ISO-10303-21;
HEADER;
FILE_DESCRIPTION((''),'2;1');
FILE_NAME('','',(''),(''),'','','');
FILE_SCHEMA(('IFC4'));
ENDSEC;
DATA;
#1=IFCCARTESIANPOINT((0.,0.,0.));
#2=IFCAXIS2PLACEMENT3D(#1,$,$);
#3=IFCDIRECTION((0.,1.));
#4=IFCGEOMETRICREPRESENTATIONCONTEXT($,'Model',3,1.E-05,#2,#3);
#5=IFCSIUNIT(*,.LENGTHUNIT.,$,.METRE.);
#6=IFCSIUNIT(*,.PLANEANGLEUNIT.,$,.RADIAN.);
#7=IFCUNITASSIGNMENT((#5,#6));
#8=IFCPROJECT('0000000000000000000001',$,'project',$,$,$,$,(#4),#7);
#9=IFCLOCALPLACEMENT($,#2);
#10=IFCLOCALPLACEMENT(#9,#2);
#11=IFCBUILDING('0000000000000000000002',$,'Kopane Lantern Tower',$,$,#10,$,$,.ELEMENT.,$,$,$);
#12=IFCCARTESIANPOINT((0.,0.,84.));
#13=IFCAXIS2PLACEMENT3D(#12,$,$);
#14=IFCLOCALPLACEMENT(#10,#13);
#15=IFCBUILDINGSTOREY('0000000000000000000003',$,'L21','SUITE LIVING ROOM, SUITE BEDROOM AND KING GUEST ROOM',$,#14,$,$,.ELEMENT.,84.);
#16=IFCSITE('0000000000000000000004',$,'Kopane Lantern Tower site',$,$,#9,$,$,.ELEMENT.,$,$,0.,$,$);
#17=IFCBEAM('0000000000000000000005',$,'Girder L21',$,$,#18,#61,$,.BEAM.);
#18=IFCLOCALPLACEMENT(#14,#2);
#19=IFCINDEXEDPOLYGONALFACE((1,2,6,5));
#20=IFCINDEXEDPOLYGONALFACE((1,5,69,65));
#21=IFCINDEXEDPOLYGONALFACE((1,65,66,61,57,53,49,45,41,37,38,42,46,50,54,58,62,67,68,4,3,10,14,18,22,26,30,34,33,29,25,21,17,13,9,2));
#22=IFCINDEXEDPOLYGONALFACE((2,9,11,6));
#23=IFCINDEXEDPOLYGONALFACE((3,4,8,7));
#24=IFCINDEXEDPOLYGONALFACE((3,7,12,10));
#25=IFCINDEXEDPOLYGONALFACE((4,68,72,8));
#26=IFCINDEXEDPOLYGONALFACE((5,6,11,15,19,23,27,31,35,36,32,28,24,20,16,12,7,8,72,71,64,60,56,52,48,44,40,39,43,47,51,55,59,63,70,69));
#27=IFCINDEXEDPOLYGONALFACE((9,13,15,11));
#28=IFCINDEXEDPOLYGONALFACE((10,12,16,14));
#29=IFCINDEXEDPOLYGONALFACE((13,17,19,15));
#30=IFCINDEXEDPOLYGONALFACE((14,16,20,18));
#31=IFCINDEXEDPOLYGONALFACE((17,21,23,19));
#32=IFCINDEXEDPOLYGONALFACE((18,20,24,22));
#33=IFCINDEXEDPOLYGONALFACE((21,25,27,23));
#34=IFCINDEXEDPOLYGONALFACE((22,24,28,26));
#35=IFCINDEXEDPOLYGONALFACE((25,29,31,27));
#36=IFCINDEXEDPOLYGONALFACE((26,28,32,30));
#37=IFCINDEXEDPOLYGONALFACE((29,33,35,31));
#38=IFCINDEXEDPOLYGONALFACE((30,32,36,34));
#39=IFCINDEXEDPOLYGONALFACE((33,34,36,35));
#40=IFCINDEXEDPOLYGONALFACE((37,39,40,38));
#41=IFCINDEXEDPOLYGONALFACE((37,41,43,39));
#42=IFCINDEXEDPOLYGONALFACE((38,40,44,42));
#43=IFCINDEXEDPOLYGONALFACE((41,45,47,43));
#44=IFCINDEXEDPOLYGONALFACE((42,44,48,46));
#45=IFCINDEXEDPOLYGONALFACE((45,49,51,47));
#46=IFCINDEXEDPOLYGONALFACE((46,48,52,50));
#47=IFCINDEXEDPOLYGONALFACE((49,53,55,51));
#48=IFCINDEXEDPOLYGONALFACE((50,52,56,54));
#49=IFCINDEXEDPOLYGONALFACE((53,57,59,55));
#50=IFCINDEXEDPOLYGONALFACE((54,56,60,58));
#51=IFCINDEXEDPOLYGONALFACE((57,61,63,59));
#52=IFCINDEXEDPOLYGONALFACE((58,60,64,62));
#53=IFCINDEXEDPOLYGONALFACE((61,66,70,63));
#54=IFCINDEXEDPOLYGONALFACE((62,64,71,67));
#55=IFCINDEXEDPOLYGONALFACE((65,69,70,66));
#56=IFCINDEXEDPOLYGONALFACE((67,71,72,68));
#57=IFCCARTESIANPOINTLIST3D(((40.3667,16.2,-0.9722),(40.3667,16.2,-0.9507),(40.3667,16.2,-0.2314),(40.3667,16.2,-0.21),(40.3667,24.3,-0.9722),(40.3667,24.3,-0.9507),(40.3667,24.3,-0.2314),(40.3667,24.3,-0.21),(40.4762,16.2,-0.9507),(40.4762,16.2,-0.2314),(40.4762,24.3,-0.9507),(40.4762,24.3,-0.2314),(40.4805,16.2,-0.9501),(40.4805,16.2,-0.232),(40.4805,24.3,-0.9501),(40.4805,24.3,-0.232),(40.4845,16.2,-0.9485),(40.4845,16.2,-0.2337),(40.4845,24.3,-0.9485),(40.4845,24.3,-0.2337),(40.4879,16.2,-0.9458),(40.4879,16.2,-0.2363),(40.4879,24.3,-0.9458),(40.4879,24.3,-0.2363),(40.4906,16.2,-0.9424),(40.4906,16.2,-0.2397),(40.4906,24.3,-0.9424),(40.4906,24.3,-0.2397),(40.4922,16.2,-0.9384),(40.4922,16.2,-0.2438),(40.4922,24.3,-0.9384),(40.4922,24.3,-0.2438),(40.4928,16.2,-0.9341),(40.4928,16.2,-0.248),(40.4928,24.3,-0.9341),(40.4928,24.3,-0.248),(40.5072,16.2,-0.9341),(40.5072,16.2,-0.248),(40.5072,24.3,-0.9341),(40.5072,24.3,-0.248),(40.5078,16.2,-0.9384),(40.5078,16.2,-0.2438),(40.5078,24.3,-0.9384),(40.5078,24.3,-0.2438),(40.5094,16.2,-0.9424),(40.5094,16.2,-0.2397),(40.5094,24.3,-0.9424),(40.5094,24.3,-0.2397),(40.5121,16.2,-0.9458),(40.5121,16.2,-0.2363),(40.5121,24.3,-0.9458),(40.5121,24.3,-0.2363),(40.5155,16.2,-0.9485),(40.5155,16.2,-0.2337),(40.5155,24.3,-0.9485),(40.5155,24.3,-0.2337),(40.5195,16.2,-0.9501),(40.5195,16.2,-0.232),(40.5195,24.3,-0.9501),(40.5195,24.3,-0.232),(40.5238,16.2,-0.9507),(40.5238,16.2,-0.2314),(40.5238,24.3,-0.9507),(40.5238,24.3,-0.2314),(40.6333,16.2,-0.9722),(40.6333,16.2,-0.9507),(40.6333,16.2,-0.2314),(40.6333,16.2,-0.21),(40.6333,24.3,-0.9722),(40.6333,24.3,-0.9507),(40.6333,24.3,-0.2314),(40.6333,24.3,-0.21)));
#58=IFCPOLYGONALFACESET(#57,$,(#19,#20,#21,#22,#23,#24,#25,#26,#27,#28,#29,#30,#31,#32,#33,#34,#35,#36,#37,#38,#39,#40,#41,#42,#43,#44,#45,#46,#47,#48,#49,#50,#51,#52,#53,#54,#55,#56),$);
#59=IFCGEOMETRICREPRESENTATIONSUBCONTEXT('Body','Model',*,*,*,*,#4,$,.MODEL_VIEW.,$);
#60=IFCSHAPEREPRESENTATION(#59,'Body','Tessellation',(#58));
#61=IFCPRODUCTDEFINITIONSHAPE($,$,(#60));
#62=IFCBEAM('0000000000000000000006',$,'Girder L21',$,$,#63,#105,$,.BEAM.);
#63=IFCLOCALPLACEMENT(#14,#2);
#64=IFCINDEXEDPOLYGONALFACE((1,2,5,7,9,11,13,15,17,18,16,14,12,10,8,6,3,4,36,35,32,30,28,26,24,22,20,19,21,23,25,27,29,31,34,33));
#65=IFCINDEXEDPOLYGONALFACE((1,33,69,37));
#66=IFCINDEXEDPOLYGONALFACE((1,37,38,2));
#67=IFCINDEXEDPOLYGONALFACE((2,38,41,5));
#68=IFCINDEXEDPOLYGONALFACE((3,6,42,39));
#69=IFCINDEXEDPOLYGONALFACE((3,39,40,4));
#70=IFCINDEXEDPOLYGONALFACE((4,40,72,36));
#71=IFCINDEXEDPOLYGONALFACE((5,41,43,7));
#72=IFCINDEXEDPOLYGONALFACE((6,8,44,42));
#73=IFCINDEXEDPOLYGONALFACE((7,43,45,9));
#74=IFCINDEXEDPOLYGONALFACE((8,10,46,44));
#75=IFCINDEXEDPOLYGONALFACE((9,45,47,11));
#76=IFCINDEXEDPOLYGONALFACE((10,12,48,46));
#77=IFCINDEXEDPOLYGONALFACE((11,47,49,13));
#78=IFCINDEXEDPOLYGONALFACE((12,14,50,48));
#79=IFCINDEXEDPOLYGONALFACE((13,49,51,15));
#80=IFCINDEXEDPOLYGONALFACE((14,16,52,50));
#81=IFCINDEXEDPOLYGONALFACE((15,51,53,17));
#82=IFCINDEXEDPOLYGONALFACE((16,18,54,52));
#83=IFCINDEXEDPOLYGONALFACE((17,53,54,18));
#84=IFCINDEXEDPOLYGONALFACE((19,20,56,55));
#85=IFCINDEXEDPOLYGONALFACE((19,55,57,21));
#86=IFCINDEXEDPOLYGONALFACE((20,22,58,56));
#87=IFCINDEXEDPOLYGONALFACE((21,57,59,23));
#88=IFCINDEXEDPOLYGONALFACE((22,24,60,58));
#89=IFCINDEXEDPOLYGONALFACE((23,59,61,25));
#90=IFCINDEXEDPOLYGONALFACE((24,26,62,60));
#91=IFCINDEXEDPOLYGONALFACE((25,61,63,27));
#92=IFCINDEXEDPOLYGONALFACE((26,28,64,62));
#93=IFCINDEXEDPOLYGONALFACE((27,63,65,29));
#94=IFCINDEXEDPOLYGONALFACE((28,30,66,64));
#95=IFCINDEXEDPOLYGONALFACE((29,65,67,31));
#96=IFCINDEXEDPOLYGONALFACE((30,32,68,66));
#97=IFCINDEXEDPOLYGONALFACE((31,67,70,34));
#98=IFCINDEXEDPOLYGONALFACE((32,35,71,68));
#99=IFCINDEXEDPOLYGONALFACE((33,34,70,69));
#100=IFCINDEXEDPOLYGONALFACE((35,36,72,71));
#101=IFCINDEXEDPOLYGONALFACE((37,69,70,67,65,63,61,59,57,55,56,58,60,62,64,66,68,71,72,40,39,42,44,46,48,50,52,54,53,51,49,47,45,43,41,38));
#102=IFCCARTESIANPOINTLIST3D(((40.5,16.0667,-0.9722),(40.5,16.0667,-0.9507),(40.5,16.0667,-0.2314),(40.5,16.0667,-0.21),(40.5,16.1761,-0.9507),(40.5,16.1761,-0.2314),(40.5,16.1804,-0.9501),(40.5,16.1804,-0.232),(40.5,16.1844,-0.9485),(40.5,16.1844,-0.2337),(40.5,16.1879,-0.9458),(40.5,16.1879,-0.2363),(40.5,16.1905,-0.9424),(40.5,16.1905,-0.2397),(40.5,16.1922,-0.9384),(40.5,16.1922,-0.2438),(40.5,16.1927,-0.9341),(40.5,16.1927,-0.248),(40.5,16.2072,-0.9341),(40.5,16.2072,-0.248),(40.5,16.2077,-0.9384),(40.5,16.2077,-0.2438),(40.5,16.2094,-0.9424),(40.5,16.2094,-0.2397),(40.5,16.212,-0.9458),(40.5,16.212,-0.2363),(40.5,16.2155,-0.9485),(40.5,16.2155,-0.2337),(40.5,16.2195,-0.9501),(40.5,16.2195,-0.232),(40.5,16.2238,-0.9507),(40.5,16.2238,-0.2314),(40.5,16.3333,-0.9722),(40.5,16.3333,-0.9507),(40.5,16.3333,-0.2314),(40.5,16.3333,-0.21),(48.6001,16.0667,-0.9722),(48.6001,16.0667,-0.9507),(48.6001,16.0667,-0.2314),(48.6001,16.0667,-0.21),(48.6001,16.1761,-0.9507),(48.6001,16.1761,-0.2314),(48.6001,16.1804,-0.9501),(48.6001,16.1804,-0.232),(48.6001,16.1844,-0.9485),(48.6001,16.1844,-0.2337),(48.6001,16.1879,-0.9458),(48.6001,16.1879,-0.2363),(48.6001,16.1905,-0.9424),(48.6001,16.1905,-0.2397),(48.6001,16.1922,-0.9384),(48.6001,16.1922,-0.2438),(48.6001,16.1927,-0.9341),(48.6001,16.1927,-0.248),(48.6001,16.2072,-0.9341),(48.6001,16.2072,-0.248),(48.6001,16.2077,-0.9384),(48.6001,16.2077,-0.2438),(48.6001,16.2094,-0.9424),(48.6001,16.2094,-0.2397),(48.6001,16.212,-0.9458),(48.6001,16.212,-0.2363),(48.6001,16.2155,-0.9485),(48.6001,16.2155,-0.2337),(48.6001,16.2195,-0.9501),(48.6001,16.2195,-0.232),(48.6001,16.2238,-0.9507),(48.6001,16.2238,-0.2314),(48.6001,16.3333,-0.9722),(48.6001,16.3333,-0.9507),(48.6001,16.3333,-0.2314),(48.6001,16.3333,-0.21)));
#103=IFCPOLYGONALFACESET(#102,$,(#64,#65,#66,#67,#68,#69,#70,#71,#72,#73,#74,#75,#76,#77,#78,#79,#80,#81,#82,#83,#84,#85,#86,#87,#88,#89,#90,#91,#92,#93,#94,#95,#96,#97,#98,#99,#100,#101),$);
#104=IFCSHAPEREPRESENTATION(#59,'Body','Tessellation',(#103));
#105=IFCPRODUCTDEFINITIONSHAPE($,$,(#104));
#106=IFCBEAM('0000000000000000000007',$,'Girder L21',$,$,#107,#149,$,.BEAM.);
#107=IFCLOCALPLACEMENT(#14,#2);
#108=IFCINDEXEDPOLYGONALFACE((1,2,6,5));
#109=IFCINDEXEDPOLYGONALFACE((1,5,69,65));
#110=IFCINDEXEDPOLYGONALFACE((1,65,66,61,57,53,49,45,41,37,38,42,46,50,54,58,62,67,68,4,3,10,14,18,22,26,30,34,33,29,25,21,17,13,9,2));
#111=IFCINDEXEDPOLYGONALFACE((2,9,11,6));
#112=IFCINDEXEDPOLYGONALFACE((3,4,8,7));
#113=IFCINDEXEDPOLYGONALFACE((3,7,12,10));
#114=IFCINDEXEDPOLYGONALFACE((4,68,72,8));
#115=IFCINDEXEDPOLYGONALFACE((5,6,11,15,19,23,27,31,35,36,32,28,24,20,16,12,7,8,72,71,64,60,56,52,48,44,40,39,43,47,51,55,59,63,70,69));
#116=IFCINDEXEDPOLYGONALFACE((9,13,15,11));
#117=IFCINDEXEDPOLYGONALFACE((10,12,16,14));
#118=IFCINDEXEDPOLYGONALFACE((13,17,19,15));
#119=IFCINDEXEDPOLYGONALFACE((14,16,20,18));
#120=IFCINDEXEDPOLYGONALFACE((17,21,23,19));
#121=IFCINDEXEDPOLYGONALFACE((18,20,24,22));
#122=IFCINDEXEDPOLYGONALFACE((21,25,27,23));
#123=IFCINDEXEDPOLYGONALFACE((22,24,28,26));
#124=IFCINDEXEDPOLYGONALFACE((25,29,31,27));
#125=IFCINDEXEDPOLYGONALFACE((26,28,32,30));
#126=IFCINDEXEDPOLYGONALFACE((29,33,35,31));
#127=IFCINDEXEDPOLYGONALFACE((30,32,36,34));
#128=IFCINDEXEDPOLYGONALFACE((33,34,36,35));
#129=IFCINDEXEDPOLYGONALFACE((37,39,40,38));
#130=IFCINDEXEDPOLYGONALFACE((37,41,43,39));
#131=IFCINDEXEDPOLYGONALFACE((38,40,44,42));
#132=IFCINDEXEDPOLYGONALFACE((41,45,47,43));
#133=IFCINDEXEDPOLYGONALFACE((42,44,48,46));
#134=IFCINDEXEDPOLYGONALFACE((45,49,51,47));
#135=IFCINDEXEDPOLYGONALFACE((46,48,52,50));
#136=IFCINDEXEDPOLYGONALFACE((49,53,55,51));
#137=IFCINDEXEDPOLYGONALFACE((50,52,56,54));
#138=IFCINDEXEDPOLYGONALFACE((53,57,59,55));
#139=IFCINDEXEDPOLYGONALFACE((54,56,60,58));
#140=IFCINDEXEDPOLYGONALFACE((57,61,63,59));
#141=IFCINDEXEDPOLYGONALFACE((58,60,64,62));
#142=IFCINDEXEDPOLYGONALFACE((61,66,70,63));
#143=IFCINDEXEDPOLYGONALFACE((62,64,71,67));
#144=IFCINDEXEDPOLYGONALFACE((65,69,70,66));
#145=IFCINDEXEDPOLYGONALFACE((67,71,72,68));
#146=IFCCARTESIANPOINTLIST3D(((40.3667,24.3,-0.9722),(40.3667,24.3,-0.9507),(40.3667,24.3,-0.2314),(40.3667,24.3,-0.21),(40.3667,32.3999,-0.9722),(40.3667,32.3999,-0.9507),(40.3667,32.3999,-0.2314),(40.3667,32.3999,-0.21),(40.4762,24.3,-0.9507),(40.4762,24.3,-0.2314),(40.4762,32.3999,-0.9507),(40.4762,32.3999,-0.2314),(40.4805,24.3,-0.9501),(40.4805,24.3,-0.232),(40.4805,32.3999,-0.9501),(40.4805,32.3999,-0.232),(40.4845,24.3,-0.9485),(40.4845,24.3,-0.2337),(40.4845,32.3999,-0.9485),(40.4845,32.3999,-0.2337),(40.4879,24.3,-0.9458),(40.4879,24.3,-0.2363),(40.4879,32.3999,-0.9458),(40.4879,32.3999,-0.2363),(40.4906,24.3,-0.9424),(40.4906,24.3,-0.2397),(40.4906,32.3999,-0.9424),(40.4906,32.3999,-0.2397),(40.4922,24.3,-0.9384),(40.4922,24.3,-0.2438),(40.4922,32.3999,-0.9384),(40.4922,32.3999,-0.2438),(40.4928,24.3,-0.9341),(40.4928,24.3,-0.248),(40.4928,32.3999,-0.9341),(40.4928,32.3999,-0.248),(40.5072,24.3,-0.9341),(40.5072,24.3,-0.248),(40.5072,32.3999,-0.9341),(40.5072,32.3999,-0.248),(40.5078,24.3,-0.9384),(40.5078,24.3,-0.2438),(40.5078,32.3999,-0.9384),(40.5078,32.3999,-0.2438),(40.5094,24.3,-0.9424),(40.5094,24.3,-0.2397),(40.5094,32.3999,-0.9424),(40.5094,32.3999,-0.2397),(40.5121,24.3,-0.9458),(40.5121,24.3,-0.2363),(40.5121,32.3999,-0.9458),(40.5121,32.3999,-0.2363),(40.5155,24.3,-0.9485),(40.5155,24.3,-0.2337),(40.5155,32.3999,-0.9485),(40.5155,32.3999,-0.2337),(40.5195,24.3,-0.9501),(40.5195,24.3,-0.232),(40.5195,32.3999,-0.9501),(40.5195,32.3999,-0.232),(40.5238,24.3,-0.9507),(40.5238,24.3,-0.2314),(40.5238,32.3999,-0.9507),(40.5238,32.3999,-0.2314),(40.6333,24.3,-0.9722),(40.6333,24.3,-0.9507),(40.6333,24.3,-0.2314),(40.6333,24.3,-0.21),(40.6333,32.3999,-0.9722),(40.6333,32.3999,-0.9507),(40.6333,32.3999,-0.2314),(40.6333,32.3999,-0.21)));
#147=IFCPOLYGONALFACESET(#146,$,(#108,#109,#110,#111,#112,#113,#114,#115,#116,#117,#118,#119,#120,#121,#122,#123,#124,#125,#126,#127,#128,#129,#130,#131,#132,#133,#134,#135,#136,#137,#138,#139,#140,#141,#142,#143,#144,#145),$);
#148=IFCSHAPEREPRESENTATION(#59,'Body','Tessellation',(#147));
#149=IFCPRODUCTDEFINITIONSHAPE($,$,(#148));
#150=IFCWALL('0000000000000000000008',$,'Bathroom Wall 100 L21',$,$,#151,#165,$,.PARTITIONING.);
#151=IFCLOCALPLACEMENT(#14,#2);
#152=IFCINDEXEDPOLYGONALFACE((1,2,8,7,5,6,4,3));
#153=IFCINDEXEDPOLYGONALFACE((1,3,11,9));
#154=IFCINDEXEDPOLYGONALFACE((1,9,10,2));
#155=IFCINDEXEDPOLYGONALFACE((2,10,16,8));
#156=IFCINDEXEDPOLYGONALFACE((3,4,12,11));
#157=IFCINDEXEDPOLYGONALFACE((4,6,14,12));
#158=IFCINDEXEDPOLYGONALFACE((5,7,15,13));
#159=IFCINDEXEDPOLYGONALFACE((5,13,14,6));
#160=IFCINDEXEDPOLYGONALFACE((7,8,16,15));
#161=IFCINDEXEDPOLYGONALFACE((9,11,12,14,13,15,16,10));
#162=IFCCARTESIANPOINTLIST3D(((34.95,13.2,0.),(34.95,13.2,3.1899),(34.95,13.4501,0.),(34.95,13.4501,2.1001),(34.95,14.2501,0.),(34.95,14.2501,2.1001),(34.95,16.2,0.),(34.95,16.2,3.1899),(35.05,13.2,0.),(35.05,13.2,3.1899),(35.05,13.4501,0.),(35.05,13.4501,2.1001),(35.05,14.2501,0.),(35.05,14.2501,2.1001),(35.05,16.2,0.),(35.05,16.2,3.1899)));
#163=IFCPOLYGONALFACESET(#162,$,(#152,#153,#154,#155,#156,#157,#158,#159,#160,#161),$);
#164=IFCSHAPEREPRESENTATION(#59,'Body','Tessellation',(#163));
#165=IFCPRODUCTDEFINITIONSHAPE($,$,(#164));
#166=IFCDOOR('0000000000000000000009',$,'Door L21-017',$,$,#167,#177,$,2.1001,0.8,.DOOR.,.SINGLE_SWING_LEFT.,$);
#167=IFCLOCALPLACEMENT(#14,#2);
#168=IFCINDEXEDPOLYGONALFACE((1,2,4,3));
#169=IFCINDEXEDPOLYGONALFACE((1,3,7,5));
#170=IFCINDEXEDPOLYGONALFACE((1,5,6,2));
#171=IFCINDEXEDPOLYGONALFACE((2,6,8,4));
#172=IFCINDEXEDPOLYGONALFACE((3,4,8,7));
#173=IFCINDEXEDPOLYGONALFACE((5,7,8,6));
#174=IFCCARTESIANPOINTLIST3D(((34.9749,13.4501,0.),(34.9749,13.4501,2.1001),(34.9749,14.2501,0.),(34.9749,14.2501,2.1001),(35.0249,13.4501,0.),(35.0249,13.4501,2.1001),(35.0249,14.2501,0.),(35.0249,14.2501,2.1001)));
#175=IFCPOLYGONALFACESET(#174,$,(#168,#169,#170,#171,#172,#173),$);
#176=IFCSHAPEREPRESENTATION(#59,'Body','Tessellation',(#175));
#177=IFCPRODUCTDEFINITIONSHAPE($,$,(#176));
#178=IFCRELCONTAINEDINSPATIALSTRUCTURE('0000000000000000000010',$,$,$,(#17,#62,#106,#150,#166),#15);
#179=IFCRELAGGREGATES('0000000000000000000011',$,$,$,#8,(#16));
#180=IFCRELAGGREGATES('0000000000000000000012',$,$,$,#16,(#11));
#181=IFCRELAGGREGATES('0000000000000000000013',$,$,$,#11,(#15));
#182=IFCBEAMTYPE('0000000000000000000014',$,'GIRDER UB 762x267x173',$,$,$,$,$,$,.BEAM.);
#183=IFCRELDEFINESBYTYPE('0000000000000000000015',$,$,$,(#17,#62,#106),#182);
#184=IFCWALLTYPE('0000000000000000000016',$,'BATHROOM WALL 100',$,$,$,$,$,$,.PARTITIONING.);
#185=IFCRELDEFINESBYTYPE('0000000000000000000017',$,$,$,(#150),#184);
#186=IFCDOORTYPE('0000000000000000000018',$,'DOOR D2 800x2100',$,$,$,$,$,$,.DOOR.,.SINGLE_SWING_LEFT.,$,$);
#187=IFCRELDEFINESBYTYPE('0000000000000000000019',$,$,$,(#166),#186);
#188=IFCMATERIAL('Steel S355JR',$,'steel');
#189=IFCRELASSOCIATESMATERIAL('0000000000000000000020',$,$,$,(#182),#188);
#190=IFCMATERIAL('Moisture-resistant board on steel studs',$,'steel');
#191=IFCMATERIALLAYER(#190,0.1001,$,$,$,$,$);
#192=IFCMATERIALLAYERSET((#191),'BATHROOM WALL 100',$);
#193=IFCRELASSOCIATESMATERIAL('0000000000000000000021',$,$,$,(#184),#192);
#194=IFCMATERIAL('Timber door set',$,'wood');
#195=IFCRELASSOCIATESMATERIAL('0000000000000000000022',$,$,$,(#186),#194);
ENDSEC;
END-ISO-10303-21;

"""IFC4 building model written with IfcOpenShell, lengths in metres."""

from ifc_helpers import new_model, si_unit, direction, frame, frame_2d, origin, origin_2d, place, context, subcontext, project, spatial, rectangle, i_section, extrude, material, layer, layer_set, material_profile, profile_set, type_object, element, fill, save


model = new_model("IFC4")

# Units and contexts
model_context = context("Model", 3, precision=1e-05, world=origin(), true_north=direction((0.0, 1.0)))
body_context = subcontext(model_context, "Body", "Model", "MODEL_VIEW")
ifc_project = project(units=[si_unit("LENGTHUNIT", "METRE"), si_unit("PLANEANGLEUNIT", "RADIAN")], contexts=[model_context])

# Site, building, storey
site_placement = place(None, origin())
site = spatial("IfcSite", under=ifc_project, at=site_placement, Name="Kopane Lantern Tower site", CompositionType="ELEMENT", RefElevation=0.0)
building_placement = place(site_placement, origin())
building = spatial("IfcBuilding", under=site, at=building_placement, Name="Kopane Lantern Tower", CompositionType="ELEMENT")
storey_placement = place(building_placement, frame((0.0, 0.0, 84.0)))
storey = spatial("IfcBuildingStorey", under=building, at=storey_placement, Name="L21", Description="SUITE LIVING ROOM, SUITE BEDROOM AND KING GUEST ROOM", CompositionType="ELEMENT", Elevation=84.0)

# Beams
ifc_material_1 = material(Name="Steel S355JR", Category="steel")
ifc_material_profile_1 = material_profile(ifc_material_1, i_section(OverallWidth=0.2666, OverallDepth=0.7622, WebThickness=0.0144, FlangeThickness=0.0215, FilletRadius=0.0166, at=origin_2d()), Name="UB 762x267x173")
ifc_profile_set_1 = profile_set([ifc_material_profile_1], Name="Steel S355JR")
beam_type_1 = type_object("IfcBeamType", Name="GIRDER UB 762x267x173", PredefinedType="BEAM", material=ifc_profile_set_1)
for number, where, z_axis, x_axis, name in (
    (1, (40.5, 16.2, -0.5911), (0.0, 1.0, 0.0), (-1.0, 0.0, 0.0), "Girder L21"),
    (2, (40.5, 16.2, -0.5911), (1.0, 0.0, 0.0), (0.0, 1.0, 0.0), "Girder L21"),
):
    element("IfcBeam", number, at=place(storey_placement, frame(where, z_axis=z_axis, x_axis=x_axis)), inside=storey, type_object=beam_type_1, Name=name, PredefinedType="BEAM", context=body_context, shape_type="SweptSolid", body=[
        extrude(i_section(OverallWidth=0.2666, OverallDepth=0.7622, WebThickness=0.0144, FlangeThickness=0.0215, FilletRadius=0.0166, at=origin_2d()), origin(), (0.0, 0.0, 1.0), 8.1001),
    ])
beam_1_placement = place(storey_placement, frame((40.5, 24.3, -0.5911), z_axis=(0.0, 1.0, 0.0), x_axis=(-1.0, 0.0, 0.0)))
element("IfcBeam", 3, at=beam_1_placement, inside=storey, type_object=beam_type_1, Name="Girder L21", PredefinedType="BEAM", context=body_context, shape_type="SweptSolid", body=[
    extrude(i_section(OverallWidth=0.2666, OverallDepth=0.7622, WebThickness=0.0144, FlangeThickness=0.0215, FilletRadius=0.0166, at=origin_2d()), origin(), (0.0, 0.0, 1.0), 8.0999),
])

# Wall, opening, door
ifc_material_2 = material(Name="Moisture-resistant board on steel studs", Category="steel")
ifc_layer_1 = layer(ifc_material_2, 0.1001)
ifc_layer_set_1 = layer_set([ifc_layer_1], Name="BATHROOM WALL 100")
wall_type_1 = type_object("IfcWallType", Name="BATHROOM WALL 100", PredefinedType="PARTITIONING", material=ifc_layer_set_1)
wall_1_placement = place(storey_placement, frame((35.0, 16.2, 0.0), z_axis=(0.0, 0.0, 1.0), x_axis=(0.0, -1.0, 0.0)))
wall_1 = element("IfcWall", 4, at=wall_1_placement, inside=storey, type_object=wall_type_1, Name="Bathroom Wall 100 L21", PredefinedType="PARTITIONING", context=body_context, shape_type="SweptSolid", body=[
    extrude(rectangle(XDim=3.0, YDim=0.1001, at=frame_2d((1.5, 0.0))), origin(), (0.0, 0.0, 1.0), 3.1899),
])
opening_1_placement = place(wall_1_placement, frame((1.95, 0.0, 0.0)))
opening_1 = element("IfcOpeningElement", 5, at=opening_1_placement, cuts=wall_1, PredefinedType="OPENING", context=body_context, shape_type="SweptSolid", body=[
    extrude(rectangle(XDim=0.8, YDim=2.1001, at=frame_2d((0.3999, 1.05))), frame((0.0, 0.0601, 0.0), z_axis=(0.0, -1.0, 0.0), x_axis=(1.0, 0.0, 0.0)), (0.0, 0.0, 1.0), 0.1201),
])
ifc_material_3 = material(Name="Timber door set", Category="wood")
door_type_1 = type_object("IfcDoorType", Name="DOOR D2 800x2100", OperationType="SINGLE_SWING_LEFT", PredefinedType="DOOR", material=ifc_material_3)
door_1_placement = place(opening_1_placement, origin())
door_1 = element("IfcDoor", 6, at=door_1_placement, inside=storey, type_object=door_type_1, Name="Door L21-017", OperationType="SINGLE_SWING_LEFT", OverallHeight=2.1001, OverallWidth=0.8, PredefinedType="DOOR", context=body_context, shape_type="SweptSolid", body=[
    extrude(rectangle(XDim=0.8, YDim=2.1001, at=frame_2d((0.3999, 1.05))), frame((0.0, 0.0249, 0.0), z_axis=(0.0, -1.0, 0.0), x_axis=(1.0, 0.0, 0.0)), (0.0, 0.0, 1.0), 0.05),
])
fill(opening_1, door_1)

save(model, "model.ifc")
